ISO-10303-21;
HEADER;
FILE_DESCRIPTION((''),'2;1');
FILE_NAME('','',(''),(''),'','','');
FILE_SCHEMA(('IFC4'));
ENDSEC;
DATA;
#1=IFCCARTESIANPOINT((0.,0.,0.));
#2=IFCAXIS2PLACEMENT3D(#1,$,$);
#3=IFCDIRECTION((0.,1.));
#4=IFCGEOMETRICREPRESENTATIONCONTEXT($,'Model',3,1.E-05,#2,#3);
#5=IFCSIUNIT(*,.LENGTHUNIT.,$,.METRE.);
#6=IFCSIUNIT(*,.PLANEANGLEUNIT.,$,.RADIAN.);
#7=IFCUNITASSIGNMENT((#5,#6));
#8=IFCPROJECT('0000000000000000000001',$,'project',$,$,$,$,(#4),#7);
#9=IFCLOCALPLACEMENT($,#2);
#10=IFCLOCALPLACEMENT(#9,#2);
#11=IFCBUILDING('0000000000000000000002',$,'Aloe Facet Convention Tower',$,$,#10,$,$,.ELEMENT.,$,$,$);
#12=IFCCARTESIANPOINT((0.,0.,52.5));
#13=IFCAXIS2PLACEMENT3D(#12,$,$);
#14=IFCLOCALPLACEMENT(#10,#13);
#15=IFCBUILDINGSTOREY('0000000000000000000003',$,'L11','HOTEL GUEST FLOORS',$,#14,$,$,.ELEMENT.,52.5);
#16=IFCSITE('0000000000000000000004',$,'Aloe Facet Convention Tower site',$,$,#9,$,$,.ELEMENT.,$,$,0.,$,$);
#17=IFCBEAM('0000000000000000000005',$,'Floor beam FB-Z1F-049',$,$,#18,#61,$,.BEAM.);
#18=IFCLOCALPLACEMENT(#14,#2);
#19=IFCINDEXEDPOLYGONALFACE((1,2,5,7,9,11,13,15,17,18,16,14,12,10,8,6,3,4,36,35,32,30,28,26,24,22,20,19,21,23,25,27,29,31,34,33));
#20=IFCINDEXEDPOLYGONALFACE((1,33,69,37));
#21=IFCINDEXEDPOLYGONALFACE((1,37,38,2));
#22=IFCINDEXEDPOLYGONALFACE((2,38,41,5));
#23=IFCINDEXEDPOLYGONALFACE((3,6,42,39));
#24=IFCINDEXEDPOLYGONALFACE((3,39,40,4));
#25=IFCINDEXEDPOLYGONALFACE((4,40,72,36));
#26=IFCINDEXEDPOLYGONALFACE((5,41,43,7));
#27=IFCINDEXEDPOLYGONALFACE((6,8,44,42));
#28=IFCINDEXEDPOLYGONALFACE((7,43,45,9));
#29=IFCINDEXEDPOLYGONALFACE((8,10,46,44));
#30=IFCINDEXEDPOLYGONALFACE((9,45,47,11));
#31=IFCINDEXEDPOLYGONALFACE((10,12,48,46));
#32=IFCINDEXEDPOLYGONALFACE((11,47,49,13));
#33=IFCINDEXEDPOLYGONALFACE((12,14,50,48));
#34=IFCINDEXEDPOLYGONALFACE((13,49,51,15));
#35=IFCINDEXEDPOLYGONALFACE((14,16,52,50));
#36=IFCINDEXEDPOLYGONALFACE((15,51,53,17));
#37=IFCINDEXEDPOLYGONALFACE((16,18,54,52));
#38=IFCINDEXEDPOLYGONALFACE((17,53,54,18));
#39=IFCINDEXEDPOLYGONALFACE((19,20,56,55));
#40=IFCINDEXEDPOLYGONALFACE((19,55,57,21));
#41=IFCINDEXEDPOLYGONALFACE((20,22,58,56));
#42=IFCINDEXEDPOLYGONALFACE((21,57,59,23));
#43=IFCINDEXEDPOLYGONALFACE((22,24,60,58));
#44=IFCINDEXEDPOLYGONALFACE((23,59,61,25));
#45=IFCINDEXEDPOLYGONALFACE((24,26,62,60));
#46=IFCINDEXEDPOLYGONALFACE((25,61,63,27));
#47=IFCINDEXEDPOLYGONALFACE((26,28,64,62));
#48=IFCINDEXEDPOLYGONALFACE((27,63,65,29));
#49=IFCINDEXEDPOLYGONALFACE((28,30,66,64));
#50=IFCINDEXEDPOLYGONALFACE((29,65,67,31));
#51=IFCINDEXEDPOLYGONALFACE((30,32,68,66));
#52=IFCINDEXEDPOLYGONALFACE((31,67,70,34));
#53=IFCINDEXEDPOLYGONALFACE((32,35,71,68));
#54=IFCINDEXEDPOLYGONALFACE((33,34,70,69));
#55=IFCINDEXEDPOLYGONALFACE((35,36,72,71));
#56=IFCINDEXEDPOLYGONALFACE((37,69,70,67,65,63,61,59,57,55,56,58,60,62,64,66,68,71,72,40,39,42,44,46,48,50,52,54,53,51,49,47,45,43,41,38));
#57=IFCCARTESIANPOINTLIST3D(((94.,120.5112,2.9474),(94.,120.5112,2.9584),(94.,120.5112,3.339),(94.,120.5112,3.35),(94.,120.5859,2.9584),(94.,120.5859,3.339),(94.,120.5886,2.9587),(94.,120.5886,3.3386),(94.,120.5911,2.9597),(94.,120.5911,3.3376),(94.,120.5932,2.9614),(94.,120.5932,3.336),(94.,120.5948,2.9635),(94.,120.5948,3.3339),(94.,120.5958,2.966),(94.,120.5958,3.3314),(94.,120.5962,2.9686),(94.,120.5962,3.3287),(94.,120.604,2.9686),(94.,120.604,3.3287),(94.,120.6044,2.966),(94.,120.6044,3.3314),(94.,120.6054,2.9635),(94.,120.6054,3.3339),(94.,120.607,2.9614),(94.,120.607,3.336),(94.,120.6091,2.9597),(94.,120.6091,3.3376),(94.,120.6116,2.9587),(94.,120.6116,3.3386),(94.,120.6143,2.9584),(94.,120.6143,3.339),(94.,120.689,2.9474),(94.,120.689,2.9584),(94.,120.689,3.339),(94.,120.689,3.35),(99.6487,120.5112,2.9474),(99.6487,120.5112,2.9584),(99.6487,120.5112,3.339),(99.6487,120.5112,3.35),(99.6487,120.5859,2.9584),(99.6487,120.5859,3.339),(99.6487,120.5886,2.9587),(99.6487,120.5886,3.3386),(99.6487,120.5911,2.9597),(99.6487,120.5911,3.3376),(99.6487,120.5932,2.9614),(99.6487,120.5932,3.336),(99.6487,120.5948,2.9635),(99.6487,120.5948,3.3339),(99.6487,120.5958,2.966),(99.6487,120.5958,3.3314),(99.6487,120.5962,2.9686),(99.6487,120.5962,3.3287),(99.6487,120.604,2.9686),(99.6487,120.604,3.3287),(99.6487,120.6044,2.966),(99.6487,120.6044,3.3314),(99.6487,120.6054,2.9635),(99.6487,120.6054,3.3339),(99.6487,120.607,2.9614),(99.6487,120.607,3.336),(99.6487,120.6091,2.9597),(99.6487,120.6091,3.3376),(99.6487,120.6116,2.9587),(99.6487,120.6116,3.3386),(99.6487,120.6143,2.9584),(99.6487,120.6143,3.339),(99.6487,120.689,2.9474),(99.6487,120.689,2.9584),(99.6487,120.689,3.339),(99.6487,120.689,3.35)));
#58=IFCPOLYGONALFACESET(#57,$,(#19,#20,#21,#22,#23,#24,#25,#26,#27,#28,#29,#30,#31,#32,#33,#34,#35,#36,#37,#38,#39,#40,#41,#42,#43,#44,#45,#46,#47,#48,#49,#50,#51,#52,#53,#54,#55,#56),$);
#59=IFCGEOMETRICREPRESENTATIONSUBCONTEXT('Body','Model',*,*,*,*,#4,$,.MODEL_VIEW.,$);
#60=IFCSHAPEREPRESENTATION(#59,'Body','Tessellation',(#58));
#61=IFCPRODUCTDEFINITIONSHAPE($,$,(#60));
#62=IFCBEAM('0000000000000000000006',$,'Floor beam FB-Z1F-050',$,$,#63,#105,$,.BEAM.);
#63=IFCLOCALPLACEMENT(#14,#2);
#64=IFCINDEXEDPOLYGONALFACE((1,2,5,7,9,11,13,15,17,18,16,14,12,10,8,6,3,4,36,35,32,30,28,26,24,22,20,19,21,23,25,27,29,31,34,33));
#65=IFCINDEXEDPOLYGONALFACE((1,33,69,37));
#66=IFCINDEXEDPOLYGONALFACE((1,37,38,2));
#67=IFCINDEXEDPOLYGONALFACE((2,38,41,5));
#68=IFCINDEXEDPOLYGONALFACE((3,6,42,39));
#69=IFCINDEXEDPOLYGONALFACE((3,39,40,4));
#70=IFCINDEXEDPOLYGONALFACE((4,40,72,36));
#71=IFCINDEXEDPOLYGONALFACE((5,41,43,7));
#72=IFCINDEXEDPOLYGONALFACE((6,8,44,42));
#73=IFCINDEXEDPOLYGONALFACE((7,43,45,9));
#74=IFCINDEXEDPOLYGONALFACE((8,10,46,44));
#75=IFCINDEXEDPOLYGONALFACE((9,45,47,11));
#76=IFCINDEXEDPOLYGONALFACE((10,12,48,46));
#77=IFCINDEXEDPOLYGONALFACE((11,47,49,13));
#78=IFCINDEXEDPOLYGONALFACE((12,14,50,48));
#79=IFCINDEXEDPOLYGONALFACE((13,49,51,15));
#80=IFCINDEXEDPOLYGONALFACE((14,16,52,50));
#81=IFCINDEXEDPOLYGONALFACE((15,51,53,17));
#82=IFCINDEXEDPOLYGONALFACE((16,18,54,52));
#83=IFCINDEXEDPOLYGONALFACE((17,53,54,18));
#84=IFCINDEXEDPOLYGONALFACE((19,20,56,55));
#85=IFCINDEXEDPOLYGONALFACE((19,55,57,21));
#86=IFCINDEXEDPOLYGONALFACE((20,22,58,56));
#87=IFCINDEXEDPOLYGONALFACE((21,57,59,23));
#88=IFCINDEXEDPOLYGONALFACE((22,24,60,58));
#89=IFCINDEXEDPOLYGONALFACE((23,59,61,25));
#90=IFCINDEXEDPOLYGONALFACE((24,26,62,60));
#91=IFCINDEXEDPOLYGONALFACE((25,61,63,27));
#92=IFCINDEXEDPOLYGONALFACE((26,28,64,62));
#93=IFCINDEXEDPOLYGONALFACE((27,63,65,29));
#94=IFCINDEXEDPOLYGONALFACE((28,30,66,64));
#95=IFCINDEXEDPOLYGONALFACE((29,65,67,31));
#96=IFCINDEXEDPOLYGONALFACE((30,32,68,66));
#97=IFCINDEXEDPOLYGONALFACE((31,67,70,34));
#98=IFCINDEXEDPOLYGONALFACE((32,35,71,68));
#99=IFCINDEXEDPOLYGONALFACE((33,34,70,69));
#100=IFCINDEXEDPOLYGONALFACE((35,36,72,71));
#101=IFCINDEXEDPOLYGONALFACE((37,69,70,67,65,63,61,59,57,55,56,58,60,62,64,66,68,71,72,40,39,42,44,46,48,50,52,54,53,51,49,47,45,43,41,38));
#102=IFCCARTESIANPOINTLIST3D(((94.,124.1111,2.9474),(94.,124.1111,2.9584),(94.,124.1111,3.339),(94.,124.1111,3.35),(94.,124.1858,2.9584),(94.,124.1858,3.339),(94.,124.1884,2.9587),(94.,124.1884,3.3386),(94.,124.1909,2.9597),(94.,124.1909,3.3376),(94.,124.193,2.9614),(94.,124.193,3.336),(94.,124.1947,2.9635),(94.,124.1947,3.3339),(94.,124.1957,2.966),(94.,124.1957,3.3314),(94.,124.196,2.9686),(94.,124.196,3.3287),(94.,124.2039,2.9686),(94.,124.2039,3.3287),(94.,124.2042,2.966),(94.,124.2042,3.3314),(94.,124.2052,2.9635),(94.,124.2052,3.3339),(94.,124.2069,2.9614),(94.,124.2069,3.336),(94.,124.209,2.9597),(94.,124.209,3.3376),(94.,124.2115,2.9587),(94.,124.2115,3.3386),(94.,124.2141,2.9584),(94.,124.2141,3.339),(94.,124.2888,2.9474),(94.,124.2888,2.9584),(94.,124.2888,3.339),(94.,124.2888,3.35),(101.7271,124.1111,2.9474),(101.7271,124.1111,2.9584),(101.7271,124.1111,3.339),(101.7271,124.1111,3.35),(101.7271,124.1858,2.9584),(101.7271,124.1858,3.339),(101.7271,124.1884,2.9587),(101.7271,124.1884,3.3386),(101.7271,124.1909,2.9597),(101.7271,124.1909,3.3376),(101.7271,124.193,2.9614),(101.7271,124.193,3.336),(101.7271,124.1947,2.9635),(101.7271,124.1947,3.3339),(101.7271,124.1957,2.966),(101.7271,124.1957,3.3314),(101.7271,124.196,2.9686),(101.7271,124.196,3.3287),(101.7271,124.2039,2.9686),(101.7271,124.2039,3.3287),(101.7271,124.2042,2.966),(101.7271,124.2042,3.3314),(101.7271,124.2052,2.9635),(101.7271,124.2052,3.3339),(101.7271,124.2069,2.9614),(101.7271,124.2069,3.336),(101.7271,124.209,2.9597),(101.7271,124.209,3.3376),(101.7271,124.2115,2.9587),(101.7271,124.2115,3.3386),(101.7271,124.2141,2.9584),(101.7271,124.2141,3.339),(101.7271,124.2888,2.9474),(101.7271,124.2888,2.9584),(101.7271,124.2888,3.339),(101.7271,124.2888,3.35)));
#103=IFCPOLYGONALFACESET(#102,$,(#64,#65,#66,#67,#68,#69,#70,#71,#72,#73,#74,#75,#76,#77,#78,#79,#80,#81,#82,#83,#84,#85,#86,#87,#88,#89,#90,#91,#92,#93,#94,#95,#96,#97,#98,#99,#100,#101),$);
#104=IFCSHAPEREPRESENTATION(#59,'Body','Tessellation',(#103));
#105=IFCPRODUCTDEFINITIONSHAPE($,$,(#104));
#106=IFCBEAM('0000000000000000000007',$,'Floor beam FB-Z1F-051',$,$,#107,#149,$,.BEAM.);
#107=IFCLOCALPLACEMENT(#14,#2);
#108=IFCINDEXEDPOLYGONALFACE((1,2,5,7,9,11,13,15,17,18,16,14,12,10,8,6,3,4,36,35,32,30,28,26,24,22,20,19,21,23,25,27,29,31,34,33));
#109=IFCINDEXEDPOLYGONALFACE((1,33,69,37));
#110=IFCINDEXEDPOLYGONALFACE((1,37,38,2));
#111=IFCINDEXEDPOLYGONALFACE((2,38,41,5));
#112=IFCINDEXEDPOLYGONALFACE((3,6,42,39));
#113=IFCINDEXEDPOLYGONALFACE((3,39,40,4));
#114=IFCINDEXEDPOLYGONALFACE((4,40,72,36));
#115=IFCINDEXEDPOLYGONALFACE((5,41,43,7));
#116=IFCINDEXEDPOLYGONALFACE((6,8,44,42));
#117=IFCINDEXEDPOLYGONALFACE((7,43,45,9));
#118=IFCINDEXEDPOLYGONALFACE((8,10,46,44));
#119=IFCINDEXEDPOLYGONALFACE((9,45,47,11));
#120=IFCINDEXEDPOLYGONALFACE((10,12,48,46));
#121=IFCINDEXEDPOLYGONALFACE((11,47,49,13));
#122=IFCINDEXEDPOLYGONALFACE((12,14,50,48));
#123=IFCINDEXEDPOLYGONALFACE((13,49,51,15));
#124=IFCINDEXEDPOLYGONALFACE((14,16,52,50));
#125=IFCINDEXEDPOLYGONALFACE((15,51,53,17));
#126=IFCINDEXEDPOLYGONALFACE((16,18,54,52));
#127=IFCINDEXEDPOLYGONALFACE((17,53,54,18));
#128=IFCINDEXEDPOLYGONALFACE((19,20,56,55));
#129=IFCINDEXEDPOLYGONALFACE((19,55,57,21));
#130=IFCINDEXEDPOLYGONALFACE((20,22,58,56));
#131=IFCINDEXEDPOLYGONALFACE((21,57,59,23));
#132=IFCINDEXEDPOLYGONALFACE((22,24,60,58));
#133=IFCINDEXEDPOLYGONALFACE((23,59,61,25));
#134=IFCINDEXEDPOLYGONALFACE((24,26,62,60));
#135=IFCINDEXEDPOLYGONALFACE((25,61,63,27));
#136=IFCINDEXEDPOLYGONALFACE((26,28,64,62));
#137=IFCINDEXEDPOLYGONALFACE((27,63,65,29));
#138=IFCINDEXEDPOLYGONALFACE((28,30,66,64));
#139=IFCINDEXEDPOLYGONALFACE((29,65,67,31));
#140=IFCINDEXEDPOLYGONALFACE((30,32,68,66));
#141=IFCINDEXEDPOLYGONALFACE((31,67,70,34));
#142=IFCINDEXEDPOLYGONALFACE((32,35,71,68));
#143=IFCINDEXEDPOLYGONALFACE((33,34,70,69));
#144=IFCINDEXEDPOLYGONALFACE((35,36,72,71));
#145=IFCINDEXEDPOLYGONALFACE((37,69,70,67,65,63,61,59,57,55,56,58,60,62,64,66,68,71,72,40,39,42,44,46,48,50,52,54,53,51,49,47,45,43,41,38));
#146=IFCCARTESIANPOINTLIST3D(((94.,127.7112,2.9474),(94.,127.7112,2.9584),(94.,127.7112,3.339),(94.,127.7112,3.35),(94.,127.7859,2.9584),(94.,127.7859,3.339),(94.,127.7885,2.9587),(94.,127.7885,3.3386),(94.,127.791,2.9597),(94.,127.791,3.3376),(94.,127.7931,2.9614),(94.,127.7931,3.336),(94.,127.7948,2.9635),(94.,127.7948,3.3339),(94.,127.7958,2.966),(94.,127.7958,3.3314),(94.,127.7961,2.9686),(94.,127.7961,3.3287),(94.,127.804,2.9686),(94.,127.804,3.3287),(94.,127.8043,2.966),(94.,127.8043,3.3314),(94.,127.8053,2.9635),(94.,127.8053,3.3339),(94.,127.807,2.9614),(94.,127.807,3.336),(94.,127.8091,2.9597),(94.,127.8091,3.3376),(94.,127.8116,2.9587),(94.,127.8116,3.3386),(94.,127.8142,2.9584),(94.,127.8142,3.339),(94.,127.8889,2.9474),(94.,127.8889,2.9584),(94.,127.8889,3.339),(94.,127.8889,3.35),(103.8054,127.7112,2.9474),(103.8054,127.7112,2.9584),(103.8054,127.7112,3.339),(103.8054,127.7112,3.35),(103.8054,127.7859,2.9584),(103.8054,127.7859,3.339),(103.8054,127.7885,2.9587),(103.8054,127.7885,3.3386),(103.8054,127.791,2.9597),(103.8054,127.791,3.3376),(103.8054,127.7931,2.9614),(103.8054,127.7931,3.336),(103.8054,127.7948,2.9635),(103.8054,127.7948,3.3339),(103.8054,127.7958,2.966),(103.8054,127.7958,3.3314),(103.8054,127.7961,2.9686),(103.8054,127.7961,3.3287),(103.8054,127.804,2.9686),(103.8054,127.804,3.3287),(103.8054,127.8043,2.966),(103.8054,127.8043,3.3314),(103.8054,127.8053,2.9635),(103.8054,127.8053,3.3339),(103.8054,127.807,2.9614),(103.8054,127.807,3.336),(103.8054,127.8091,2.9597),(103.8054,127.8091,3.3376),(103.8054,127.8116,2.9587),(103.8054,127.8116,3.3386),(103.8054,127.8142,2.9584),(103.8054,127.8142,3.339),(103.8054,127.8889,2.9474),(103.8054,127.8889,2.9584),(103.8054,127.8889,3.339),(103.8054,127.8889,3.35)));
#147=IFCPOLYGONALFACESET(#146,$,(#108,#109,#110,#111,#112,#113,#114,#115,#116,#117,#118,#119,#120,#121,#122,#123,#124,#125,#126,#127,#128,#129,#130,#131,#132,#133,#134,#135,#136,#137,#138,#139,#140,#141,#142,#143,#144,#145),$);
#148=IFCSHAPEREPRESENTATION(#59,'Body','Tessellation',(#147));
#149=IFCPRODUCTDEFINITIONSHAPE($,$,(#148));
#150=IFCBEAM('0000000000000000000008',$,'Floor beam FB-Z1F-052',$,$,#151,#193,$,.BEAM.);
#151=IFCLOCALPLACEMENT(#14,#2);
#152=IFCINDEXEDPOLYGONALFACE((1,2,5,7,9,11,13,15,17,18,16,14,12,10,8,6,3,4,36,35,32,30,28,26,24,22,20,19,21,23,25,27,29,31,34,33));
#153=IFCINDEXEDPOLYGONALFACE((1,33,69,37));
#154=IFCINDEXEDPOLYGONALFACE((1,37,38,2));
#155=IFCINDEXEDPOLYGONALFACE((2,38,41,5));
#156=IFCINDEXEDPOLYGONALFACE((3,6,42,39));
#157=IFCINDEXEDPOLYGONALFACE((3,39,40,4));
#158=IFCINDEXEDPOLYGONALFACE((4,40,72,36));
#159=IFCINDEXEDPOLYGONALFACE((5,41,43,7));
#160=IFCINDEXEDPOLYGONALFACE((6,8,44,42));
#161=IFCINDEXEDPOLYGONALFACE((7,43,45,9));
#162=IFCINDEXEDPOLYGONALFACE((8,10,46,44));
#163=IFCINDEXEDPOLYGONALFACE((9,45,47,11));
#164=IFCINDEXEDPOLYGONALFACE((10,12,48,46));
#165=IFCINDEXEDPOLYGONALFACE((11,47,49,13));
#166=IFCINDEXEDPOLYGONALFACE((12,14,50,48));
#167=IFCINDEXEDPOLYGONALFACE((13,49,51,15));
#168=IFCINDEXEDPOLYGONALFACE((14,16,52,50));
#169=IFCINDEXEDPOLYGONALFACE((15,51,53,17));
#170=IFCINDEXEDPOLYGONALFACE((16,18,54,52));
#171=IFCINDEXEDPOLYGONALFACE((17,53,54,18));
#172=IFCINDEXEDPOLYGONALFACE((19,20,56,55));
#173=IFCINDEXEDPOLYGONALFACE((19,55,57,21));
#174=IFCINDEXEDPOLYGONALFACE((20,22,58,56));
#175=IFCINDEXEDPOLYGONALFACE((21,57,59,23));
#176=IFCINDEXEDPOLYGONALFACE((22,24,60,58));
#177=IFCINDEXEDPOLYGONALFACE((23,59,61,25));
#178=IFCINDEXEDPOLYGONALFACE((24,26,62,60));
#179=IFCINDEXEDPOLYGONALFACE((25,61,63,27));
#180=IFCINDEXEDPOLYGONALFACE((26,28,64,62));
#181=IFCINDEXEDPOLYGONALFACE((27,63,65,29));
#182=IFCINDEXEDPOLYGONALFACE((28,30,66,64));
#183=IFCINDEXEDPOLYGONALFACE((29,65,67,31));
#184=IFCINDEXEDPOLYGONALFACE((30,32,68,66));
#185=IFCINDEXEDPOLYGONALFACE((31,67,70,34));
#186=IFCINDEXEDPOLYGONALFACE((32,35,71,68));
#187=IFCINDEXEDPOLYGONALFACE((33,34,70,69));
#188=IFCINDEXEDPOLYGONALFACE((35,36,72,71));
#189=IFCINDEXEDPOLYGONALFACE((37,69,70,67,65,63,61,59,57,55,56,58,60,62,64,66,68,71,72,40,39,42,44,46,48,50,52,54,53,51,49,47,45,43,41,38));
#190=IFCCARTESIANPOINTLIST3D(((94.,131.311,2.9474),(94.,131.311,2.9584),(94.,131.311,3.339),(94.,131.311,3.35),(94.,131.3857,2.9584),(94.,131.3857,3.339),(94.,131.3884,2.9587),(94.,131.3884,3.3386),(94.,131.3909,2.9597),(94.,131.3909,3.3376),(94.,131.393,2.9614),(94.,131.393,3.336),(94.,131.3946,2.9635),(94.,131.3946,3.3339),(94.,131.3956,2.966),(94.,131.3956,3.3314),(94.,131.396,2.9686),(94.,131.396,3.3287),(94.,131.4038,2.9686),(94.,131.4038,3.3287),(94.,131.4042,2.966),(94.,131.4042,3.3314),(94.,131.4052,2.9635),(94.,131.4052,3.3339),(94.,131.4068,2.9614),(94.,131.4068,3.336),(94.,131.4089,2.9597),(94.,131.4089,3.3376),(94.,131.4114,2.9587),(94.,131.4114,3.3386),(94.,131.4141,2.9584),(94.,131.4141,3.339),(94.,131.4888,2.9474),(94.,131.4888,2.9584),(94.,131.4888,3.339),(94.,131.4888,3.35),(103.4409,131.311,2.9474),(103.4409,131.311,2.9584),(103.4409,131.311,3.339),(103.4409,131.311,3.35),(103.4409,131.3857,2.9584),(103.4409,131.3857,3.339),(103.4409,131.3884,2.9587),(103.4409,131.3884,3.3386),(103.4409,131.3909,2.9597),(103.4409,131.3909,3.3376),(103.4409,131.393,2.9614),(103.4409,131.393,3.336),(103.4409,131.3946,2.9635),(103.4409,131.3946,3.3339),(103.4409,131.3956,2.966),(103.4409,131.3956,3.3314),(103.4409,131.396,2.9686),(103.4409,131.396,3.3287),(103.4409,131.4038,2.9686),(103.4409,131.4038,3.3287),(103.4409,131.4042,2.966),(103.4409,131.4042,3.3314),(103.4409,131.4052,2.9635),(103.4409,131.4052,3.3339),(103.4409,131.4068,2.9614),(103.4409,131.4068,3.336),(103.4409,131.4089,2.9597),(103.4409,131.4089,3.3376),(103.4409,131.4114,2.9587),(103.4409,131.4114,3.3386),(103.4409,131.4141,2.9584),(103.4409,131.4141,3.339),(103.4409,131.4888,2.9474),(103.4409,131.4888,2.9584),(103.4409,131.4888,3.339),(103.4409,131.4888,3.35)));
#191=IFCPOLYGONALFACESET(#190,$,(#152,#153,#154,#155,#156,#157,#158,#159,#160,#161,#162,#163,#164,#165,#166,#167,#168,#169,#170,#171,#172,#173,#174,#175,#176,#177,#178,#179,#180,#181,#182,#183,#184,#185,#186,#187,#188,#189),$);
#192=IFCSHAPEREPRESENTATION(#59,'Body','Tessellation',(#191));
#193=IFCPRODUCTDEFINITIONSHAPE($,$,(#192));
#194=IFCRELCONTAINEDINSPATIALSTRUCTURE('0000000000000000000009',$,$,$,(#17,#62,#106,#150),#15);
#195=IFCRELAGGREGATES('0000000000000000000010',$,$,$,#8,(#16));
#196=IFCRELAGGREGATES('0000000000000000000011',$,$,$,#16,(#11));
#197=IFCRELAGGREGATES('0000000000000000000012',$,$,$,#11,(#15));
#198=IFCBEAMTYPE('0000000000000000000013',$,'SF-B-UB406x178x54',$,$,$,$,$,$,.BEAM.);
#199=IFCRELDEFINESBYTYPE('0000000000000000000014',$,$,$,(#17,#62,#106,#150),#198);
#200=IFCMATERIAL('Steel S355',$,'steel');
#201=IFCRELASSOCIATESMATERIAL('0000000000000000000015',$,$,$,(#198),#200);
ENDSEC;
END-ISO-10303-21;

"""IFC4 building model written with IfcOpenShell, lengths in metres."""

from ifc_helpers import new_model, si_unit, direction, frame, origin, origin_2d, place, context, subcontext, project, spatial, i_section, extrude, material, material_profile, profile_set, type_object, element, save


model = new_model("IFC4")

# Units and contexts
model_context = context("Model", 3, precision=1e-05, world=origin(), true_north=direction((0.0, 1.0)))
body_context = subcontext(model_context, "Body", "Model", "MODEL_VIEW")
ifc_project = project(units=[si_unit("LENGTHUNIT", "METRE"), si_unit("PLANEANGLEUNIT", "RADIAN")], contexts=[model_context])

# Site, building, storey
site_placement = place(None, origin())
site = spatial("IfcSite", under=ifc_project, at=site_placement, Name="Aloe Facet Convention Tower site", CompositionType="ELEMENT", RefElevation=0.0)
building_placement = place(site_placement, origin())
building = spatial("IfcBuilding", under=site, at=building_placement, Name="Aloe Facet Convention Tower", CompositionType="ELEMENT")
storey_placement = place(building_placement, frame((0.0, 0.0, 52.5)))
storey = spatial("IfcBuildingStorey", under=building, at=storey_placement, Name="L11", Description="HOTEL GUEST FLOORS", CompositionType="ELEMENT", Elevation=52.5)

# Beams
ifc_material_1 = material(Name="Steel S355", Category="steel")
ifc_material_profile_1 = material_profile(ifc_material_1, i_section(OverallWidth=0.1777, OverallDepth=0.4026, WebThickness=0.0078, FlangeThickness=0.011, FilletRadius=0.0103, at=origin_2d()), Name="UB 406x178x54")
ifc_profile_set_1 = profile_set([ifc_material_profile_1], Name="Steel S355")
beam_type_1 = type_object("IfcBeamType", Name="SF-B-UB406x178x54", PredefinedType="BEAM", material=ifc_profile_set_1)
beam_1_placement = place(storey_placement, frame((94.0, 120.6001, 3.1487), z_axis=(1.0, 0.0, 0.0), x_axis=(0.0, 1.0, 0.0)))
element("IfcBeam", 1, at=beam_1_placement, inside=storey, type_object=beam_type_1, Name="Floor beam FB-Z1F-049", PredefinedType="BEAM", context=body_context, shape_type="SweptSolid", body=[
    extrude(i_section(OverallWidth=0.1777, OverallDepth=0.4026, WebThickness=0.0078, FlangeThickness=0.011, FilletRadius=0.0103, at=origin_2d()), origin(), (0.0, 0.0, 1.0), 5.6487),
])
beam_2_placement = place(storey_placement, frame((94.0, 124.2, 3.1487), z_axis=(1.0, 0.0, 0.0), x_axis=(0.0, 1.0, 0.0)))
element("IfcBeam", 2, at=beam_2_placement, inside=storey, type_object=beam_type_1, Name="Floor beam FB-Z1F-050", PredefinedType="BEAM", context=body_context, shape_type="SweptSolid", body=[
    extrude(i_section(OverallWidth=0.1777, OverallDepth=0.4026, WebThickness=0.0078, FlangeThickness=0.011, FilletRadius=0.0103, at=origin_2d()), origin(), (0.0, 0.0, 1.0), 7.7271),
])
beam_3_placement = place(storey_placement, frame((94.0, 127.8, 3.1487), z_axis=(1.0, 0.0, 0.0), x_axis=(0.0, 1.0, 0.0)))
element("IfcBeam", 3, at=beam_3_placement, inside=storey, type_object=beam_type_1, Name="Floor beam FB-Z1F-051", PredefinedType="BEAM", context=body_context, shape_type="SweptSolid", body=[
    extrude(i_section(OverallWidth=0.1777, OverallDepth=0.4026, WebThickness=0.0078, FlangeThickness=0.011, FilletRadius=0.0103, at=origin_2d()), origin(), (0.0, 0.0, 1.0), 9.8054),
])
beam_4_placement = place(storey_placement, frame((94.0, 131.3999, 3.1487), z_axis=(1.0, 0.0, 0.0), x_axis=(0.0, 1.0, 0.0)))
element("IfcBeam", 4, at=beam_4_placement, inside=storey, type_object=beam_type_1, Name="Floor beam FB-Z1F-052", PredefinedType="BEAM", context=body_context, shape_type="SweptSolid", body=[
    extrude(i_section(OverallWidth=0.1777, OverallDepth=0.4026, WebThickness=0.0078, FlangeThickness=0.011, FilletRadius=0.0103, at=origin_2d()), origin(), (0.0, 0.0, 1.0), 9.4409),
])

save(model, "model.ifc")
